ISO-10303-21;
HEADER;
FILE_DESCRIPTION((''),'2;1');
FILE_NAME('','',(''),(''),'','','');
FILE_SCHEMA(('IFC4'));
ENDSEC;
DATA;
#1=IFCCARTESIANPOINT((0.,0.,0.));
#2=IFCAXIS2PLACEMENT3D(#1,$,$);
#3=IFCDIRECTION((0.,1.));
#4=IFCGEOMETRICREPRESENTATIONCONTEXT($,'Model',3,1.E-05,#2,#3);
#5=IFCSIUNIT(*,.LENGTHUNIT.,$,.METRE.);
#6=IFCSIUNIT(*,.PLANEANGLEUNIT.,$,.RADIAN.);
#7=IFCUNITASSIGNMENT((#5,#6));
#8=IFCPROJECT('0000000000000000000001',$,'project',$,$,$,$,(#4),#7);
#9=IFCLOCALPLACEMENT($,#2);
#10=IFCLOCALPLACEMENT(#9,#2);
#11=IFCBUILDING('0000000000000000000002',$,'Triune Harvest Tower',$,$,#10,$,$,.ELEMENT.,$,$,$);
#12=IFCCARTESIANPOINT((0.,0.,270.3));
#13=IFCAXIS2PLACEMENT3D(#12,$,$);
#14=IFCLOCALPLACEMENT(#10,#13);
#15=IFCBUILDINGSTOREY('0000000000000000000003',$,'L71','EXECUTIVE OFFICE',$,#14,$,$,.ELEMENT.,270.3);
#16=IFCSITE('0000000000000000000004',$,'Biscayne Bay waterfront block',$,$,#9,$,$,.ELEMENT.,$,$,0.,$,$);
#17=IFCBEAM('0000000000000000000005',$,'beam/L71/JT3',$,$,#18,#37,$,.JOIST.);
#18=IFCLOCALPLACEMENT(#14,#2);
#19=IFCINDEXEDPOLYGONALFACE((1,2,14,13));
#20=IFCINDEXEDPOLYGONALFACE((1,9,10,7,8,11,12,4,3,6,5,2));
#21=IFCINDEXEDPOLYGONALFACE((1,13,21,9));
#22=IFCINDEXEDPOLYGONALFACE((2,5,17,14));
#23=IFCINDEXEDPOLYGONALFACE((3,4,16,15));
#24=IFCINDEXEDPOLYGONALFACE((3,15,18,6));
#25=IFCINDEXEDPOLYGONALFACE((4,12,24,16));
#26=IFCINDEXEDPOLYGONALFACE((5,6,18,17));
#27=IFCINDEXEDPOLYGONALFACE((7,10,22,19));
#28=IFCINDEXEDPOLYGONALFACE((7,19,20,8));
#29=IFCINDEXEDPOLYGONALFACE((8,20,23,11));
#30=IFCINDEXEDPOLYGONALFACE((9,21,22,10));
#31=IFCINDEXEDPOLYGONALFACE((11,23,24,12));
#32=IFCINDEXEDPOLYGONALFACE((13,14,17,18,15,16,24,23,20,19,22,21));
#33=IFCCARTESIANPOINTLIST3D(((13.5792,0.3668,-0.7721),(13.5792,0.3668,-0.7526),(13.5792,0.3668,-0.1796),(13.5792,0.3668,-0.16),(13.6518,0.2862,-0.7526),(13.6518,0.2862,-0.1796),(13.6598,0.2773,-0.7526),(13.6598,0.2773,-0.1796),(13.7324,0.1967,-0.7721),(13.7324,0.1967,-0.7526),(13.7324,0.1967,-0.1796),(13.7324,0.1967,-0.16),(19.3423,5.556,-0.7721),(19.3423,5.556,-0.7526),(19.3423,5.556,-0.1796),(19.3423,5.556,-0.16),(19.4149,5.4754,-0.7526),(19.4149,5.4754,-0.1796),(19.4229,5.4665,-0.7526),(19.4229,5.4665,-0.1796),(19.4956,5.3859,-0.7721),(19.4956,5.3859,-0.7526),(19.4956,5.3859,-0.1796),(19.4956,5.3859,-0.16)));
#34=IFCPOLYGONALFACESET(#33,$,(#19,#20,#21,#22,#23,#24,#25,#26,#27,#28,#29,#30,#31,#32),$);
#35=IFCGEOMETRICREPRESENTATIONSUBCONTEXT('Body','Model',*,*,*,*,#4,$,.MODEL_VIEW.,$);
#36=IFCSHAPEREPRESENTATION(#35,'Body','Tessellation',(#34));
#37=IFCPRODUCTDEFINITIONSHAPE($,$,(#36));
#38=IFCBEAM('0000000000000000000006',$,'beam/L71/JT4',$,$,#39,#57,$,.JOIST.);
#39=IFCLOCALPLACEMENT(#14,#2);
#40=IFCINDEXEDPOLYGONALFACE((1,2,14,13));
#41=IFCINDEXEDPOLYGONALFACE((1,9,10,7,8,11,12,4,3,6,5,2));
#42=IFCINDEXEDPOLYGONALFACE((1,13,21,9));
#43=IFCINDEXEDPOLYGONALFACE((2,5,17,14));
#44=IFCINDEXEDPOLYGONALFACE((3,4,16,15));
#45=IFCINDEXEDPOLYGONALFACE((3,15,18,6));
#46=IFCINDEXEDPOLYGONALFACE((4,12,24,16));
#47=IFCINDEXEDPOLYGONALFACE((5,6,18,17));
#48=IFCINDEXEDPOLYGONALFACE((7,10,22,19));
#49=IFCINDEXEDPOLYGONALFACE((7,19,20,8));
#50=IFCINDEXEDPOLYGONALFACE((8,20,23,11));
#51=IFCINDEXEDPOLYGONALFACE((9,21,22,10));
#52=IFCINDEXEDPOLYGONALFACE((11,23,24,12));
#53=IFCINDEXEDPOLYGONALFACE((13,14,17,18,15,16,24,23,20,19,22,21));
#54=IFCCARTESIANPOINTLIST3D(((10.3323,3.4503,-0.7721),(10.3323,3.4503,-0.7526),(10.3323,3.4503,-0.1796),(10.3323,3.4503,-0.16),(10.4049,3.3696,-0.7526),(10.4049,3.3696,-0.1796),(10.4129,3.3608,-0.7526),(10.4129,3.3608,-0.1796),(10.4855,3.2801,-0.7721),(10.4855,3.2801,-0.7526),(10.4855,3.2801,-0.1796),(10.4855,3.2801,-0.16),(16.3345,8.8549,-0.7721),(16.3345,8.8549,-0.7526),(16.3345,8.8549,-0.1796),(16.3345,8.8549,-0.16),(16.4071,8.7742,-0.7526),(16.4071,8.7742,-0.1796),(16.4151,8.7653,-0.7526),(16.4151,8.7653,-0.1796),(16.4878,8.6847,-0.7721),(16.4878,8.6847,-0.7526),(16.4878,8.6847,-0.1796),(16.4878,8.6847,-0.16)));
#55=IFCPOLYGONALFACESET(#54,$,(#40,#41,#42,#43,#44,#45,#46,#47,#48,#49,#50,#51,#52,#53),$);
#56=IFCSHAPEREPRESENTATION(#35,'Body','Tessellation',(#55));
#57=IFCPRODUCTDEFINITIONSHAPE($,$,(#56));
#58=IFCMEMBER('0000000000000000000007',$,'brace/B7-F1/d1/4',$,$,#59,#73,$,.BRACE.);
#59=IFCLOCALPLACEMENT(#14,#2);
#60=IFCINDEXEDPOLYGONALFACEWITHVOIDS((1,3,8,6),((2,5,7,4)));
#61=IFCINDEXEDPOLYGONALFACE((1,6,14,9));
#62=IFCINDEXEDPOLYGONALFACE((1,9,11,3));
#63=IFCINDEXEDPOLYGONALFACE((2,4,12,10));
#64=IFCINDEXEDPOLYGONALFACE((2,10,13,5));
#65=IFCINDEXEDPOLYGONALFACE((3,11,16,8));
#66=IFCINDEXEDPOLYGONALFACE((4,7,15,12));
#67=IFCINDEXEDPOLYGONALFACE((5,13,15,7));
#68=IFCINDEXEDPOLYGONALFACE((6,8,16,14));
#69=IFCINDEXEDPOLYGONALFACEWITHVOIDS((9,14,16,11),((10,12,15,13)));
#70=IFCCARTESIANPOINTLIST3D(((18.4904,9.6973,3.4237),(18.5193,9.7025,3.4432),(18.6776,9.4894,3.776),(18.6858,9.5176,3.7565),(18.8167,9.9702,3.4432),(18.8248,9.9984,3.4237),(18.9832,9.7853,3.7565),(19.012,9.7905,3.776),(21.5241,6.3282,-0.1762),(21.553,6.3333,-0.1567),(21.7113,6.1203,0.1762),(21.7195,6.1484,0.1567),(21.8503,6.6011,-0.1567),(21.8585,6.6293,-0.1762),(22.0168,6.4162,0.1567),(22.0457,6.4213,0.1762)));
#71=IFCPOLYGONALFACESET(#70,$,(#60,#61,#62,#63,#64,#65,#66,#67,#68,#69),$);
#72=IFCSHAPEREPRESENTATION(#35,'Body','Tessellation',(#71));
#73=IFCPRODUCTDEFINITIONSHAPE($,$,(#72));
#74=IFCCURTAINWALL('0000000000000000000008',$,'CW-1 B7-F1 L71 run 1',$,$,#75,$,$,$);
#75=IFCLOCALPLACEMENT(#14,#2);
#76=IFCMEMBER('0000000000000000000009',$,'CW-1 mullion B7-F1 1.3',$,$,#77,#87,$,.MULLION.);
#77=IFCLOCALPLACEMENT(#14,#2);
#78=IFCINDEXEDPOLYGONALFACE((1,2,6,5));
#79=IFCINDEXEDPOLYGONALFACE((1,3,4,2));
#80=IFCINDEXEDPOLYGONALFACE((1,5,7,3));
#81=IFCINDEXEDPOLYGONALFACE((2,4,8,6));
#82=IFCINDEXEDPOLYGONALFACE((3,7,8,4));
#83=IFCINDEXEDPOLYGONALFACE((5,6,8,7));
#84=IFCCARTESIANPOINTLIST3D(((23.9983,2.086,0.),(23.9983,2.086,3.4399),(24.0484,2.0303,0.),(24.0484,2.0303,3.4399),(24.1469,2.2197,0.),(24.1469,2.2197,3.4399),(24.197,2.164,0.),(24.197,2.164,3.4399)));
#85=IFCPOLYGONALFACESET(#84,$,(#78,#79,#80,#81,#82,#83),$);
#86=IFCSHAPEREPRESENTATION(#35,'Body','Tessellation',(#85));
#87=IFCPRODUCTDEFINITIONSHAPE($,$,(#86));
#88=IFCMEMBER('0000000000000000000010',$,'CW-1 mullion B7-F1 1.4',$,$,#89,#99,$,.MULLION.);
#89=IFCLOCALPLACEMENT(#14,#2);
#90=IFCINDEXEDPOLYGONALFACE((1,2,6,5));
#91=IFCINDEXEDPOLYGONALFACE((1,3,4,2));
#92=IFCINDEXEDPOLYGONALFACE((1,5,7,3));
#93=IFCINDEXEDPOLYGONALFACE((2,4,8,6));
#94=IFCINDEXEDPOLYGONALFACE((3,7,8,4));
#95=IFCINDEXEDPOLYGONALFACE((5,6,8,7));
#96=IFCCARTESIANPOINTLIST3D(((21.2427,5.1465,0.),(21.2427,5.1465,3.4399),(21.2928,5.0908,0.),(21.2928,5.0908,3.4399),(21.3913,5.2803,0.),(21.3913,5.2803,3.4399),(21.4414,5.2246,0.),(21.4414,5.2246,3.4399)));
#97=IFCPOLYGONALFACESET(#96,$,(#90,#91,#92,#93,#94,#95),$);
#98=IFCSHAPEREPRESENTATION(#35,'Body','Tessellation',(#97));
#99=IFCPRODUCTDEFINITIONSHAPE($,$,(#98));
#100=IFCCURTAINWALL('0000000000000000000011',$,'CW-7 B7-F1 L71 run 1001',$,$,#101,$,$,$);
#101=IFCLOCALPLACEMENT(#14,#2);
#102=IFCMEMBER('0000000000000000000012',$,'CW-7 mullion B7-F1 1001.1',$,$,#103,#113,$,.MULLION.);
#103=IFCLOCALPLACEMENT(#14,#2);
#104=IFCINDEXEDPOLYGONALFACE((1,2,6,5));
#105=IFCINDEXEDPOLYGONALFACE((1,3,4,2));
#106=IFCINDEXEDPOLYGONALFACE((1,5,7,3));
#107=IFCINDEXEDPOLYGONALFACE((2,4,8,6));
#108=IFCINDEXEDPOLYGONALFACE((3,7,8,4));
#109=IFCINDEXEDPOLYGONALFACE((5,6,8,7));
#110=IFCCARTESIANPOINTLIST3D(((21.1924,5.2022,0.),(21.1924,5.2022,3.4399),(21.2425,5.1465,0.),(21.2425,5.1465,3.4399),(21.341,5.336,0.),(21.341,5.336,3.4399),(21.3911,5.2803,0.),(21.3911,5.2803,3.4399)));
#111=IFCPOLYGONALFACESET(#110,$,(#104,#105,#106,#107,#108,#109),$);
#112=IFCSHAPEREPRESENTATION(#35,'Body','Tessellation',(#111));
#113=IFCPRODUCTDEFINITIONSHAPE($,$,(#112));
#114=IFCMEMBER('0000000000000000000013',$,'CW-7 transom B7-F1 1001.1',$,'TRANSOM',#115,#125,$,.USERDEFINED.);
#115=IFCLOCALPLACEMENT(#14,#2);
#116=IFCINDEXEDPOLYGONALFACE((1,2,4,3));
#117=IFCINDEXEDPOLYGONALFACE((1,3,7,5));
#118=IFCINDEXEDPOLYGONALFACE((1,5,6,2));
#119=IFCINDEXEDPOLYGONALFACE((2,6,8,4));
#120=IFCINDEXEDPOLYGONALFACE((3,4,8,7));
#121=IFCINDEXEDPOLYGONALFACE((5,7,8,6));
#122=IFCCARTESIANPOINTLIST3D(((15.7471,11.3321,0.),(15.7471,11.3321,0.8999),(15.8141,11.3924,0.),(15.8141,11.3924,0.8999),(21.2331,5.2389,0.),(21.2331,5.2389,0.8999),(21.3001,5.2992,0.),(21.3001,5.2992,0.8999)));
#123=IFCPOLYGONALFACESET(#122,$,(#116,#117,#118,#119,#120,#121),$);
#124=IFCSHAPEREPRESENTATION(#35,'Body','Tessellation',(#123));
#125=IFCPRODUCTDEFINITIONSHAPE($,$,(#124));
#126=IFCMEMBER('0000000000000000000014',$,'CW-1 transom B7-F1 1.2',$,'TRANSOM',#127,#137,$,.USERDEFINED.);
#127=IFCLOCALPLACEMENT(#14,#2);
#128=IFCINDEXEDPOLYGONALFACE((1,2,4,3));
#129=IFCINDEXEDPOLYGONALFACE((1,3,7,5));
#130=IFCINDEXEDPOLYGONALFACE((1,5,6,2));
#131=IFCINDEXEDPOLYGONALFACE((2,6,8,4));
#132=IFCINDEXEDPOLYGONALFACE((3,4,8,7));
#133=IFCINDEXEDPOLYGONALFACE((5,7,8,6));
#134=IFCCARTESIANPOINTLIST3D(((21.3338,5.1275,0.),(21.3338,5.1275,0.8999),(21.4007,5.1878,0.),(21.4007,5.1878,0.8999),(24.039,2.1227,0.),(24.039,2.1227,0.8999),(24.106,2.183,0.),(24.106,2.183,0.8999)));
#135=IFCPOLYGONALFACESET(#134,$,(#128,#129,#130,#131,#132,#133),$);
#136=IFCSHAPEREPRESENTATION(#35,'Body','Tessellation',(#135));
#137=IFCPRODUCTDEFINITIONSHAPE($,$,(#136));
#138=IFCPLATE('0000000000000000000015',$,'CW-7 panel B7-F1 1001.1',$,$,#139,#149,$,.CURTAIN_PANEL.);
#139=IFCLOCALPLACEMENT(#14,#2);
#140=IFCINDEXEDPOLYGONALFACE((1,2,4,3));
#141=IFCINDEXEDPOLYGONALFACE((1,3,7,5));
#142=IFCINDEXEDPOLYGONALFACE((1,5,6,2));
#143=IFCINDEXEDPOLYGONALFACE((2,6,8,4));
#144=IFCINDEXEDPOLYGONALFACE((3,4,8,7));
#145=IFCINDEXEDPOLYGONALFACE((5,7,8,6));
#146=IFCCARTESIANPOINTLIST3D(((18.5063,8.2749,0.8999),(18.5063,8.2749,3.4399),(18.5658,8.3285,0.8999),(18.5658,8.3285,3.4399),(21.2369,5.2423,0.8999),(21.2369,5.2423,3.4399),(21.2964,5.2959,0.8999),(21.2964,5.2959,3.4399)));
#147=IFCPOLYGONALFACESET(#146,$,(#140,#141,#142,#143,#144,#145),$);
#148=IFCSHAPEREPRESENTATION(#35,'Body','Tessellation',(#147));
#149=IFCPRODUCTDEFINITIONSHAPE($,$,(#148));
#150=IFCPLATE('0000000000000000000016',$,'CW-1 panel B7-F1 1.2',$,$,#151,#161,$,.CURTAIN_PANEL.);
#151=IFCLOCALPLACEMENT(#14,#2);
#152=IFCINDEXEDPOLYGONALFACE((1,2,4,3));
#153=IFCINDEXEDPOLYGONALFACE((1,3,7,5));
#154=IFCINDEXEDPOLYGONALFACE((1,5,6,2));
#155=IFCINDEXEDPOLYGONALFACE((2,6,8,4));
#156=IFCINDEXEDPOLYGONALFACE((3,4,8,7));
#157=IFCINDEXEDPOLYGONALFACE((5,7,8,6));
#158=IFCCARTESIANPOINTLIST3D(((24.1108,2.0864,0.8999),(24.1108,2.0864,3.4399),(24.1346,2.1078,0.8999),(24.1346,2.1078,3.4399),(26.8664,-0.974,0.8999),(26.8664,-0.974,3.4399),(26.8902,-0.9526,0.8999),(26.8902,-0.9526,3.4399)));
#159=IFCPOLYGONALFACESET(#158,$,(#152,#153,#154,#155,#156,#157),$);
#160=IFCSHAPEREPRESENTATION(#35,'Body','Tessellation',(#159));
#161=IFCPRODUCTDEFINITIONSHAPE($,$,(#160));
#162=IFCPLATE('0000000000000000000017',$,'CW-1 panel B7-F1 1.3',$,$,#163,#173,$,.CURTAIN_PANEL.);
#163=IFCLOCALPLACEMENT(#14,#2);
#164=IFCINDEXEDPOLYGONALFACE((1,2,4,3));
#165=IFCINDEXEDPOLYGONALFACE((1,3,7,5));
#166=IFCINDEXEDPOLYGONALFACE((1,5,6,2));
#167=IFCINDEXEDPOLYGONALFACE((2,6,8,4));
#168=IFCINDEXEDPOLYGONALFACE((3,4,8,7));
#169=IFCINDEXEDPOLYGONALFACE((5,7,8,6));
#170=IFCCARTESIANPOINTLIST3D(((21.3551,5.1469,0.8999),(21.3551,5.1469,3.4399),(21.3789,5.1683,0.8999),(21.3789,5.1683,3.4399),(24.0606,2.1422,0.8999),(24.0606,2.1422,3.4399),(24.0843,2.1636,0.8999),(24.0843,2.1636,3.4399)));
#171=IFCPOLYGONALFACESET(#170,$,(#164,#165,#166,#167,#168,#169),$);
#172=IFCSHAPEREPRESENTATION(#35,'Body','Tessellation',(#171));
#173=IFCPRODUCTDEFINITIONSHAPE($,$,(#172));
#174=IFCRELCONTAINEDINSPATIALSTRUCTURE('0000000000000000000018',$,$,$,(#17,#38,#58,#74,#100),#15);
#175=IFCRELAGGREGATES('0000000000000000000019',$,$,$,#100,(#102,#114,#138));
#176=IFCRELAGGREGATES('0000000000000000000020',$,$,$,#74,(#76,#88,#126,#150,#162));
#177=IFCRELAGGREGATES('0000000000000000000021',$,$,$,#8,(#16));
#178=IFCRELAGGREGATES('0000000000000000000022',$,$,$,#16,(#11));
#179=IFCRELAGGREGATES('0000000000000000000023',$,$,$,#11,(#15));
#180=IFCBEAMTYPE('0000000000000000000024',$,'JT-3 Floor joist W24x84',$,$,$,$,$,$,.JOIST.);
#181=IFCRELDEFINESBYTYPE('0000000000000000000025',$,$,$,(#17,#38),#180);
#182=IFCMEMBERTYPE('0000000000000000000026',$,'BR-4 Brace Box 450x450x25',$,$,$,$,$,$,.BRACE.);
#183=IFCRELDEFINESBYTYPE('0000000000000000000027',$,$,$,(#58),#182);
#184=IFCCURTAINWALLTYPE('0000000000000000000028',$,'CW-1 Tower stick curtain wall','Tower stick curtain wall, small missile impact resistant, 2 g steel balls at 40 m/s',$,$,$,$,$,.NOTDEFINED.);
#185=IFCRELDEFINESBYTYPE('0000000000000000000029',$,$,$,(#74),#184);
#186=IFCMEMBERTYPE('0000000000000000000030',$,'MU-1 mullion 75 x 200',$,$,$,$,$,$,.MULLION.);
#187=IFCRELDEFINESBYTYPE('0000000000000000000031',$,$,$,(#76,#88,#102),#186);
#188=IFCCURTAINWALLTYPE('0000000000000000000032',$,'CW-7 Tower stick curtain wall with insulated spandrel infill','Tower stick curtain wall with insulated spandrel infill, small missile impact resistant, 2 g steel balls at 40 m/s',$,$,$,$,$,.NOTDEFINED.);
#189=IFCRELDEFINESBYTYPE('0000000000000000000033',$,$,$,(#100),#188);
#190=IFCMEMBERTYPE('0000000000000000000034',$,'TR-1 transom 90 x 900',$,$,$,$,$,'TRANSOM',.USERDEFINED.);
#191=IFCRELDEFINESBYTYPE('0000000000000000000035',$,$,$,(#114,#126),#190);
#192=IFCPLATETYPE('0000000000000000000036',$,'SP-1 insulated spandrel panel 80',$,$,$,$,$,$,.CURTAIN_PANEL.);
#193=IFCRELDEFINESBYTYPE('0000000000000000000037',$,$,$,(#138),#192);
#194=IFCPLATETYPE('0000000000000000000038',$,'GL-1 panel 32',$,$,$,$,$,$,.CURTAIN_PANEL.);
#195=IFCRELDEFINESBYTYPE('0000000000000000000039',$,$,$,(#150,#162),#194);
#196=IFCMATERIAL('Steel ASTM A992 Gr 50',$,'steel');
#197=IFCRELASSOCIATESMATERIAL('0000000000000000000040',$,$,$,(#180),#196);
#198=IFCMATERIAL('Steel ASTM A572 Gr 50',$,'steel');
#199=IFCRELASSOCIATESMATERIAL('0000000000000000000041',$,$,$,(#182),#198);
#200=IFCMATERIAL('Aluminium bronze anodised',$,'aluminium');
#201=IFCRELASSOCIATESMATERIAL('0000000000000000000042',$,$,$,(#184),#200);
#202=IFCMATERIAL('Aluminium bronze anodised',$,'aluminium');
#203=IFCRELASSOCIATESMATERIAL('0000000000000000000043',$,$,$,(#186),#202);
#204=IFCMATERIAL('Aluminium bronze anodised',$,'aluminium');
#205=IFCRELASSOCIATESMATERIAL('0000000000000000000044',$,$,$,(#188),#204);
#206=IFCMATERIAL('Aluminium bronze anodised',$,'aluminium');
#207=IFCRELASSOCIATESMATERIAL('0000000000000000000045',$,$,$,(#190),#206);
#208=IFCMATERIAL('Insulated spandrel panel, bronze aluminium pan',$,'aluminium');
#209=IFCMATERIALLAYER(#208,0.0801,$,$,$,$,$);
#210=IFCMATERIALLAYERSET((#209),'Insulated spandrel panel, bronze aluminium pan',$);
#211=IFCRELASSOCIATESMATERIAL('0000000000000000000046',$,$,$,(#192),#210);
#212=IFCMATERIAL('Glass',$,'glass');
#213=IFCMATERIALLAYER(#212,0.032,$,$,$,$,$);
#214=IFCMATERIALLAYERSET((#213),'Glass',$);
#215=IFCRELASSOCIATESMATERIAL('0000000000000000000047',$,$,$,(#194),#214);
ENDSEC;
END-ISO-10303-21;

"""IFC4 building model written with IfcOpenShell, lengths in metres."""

from ifc_helpers import new_model, si_unit, direction, frame, origin, origin_2d, place, context, subcontext, project, spatial, rectangle, hollow_rectangle, i_section, extrude, source, transform, mapped, material, layer, layer_set, material_profile, profile_set, type_object, element, aggregate, save


model = new_model("IFC4")

# Units and contexts
model_context = context("Model", 3, precision=1e-05, world=origin(), true_north=direction((0.0, 1.0)))
body_context = subcontext(model_context, "Body", "Model", "MODEL_VIEW")
ifc_project = project(units=[si_unit("LENGTHUNIT", "METRE"), si_unit("PLANEANGLEUNIT", "RADIAN")], contexts=[model_context])

# Site, building, storey
site_placement = place(None, origin())
site = spatial("IfcSite", under=ifc_project, at=site_placement, Name="Biscayne Bay waterfront block", CompositionType="ELEMENT", RefElevation=0.0)
building_placement = place(site_placement, origin())
building = spatial("IfcBuilding", under=site, at=building_placement, Name="Triune Harvest Tower", CompositionType="ELEMENT")
storey_placement = place(building_placement, frame((0.0, 0.0, 270.3)))
storey = spatial("IfcBuildingStorey", under=building, at=storey_placement, Name="L71", Description="EXECUTIVE OFFICE", CompositionType="ELEMENT", Elevation=270.3)

# Beams
ifc_material_1 = material(Name="Steel ASTM A992 Gr 50", Category="steel")
ifc_material_profile_1 = material_profile(ifc_material_1, i_section(OverallWidth=0.229, OverallDepth=0.6121, WebThickness=0.012, FlangeThickness=0.0195, at=origin_2d()), Name="W24x84")
ifc_profile_set_1 = profile_set([ifc_material_profile_1], Name="Steel ASTM A992 Gr 50")
beam_type_1 = type_object("IfcBeamType", Name="JT-3 Floor joist W24x84", PredefinedType="JOIST", material=ifc_profile_set_1)
shared_shape_1 = source(origin(), body_context, "Body", "SweptSolid", [
    extrude(i_section(OverallWidth=0.229, OverallDepth=0.6121, WebThickness=0.012, FlangeThickness=0.0195, at=origin_2d()), origin(), (0.0, 0.0, 1.0), 7.7551),
])
beam_1_placement = place(storey_placement, frame((19.4189, 5.4709, -0.4661), z_axis=(-0.743144, -0.669132, 0.0), x_axis=(0.669132, -0.743144, 0.0)))
element("IfcBeam", 1, at=beam_1_placement, inside=storey, type_object=beam_type_1, Name="beam/L71/JT3", PredefinedType="JOIST", context=body_context, shape_type="MappedRepresentation", body=[
    mapped(shared_shape_1, transform((0.0, 0.0, 0.0), scale=1.0)),
])
shared_shape_2 = source(origin(), body_context, "Body", "SweptSolid", [
    extrude(i_section(OverallWidth=0.229, OverallDepth=0.6121, WebThickness=0.012, FlangeThickness=0.0195, at=origin_2d()), origin(), (0.0, 0.0, 1.0), 8.0769),
])
beam_2_placement = place(storey_placement, frame((16.4111, 8.7698, -0.4661), z_axis=(-0.743136, -0.66914, 0.0), x_axis=(0.66914, -0.743136, 0.0)))
element("IfcBeam", 2, at=beam_2_placement, inside=storey, type_object=beam_type_1, Name="beam/L71/JT4", PredefinedType="JOIST", context=body_context, shape_type="MappedRepresentation", body=[
    mapped(shared_shape_2, transform((0.0, 0.0, 0.0), scale=1.0)),
])

# Member
ifc_material_2 = material(Name="Steel ASTM A572 Gr 50", Category="steel")
ifc_material_profile_2 = material_profile(ifc_material_2, hollow_rectangle(XDim=0.45, YDim=0.45, WallThickness=0.0249, at=origin_2d()), Name="Box 450x450x25")
ifc_profile_set_2 = profile_set([ifc_material_profile_2], Name="Steel ASTM A572 Gr 50")
member_type_1 = type_object("IfcMemberType", Name="BR-4 Brace Box 450x450x25", PredefinedType="BRACE", material=ifc_profile_set_2)
shared_shape_3 = source(origin(), body_context, "Body", "SweptSolid", [
    extrude(hollow_rectangle(XDim=0.45, YDim=0.45, WallThickness=0.0249, at=origin_2d()), origin(), (0.0, 0.0, 1.0), 5.7891),
])
member_1_placement = place(storey_placement, frame((21.7849, 6.3748, 0.0), z_axis=(-0.524038, 0.581983, 0.621836), x_axis=(-0.743133, -0.669143, 0.0)))
element("IfcMember", 3, at=member_1_placement, inside=storey, type_object=member_type_1, Name="brace/B7-F1/d1/4", PredefinedType="BRACE", context=body_context, shape_type="MappedRepresentation", body=[
    mapped(shared_shape_3, transform((0.0, 0.0, 0.0), scale=1.0)),
])

# Curtain walls, members
ifc_material_3 = material(Name="Aluminium bronze anodised", Category="aluminium")
curtain_wall_type_1 = type_object("IfcCurtainWallType", Name="CW-1 Tower stick curtain wall", Description="Tower stick curtain wall, small missile impact resistant, 2 g steel balls at 40 m/s", PredefinedType="NOTDEFINED", material=ifc_material_3)
curtain_wall_1_placement = place(storey_placement, origin())
curtain_wall_1 = element("IfcCurtainWall", 4, at=curtain_wall_1_placement, inside=storey, type_object=curtain_wall_type_1, Name="CW-1 B7-F1 L71 run 1")
ifc_material_4 = material(Name="Aluminium bronze anodised", Category="aluminium")
ifc_material_profile_3 = material_profile(ifc_material_4, rectangle(XDim=0.2, YDim=0.075, at=origin_2d()), Name="MU-1 mullion 75 x 200")
ifc_profile_set_3 = profile_set([ifc_material_profile_3], Name="Aluminium bronze anodised")
member_type_2 = type_object("IfcMemberType", Name="MU-1 mullion 75 x 200", PredefinedType="MULLION", material=ifc_profile_set_3)
shared_shape_4 = source(origin(), body_context, "Body", "SweptSolid", [
    extrude(rectangle(XDim=0.2, YDim=0.075, at=origin_2d()), origin(), (0.0, 0.0, 1.0), 3.4399),
])
member_2_placement = place(storey_placement, frame((24.0977, 2.125, 0.0), z_axis=(0.0, 0.0, 1.0), x_axis=(-0.743144, -0.669131, 0.0)))
member_2 = element("IfcMember", 5, at=member_2_placement, type_object=member_type_2, Name="CW-1 mullion B7-F1 1.3", PredefinedType="MULLION", context=body_context, shape_type="MappedRepresentation", body=[
    mapped(shared_shape_4, transform((0.0, 0.0, 0.0), scale=1.0)),
])
member_3_placement = place(storey_placement, frame((21.342, 5.1855, 0.0), z_axis=(0.0, 0.0, 1.0), x_axis=(-0.743144, -0.669131, 0.0)))
member_3 = element("IfcMember", 6, at=member_3_placement, type_object=member_type_2, Name="CW-1 mullion B7-F1 1.4", PredefinedType="MULLION", context=body_context, shape_type="MappedRepresentation", body=[
    mapped(shared_shape_4, transform((0.0, 0.0, 0.0), scale=1.0)),
])
ifc_material_5 = material(Name="Aluminium bronze anodised", Category="aluminium")
curtain_wall_type_2 = type_object("IfcCurtainWallType", Name="CW-7 Tower stick curtain wall with insulated spandrel infill", Description="Tower stick curtain wall with insulated spandrel infill, small missile impact resistant, 2 g steel balls at 40 m/s", PredefinedType="NOTDEFINED", material=ifc_material_5)
curtain_wall_2_placement = place(storey_placement, origin())
curtain_wall_2 = element("IfcCurtainWall", 7, at=curtain_wall_2_placement, inside=storey, type_object=curtain_wall_type_2, Name="CW-7 B7-F1 L71 run 1001")
member_4_placement = place(storey_placement, frame((21.2917, 5.2412, 0.0), z_axis=(0.0, 0.0, 1.0), x_axis=(-0.743144, -0.669131, 0.0)))
member_4 = element("IfcMember", 8, at=member_4_placement, type_object=member_type_2, Name="CW-7 mullion B7-F1 1001.1", PredefinedType="MULLION", context=body_context, shape_type="MappedRepresentation", body=[
    mapped(shared_shape_4, transform((0.0, 0.0, 0.0), scale=1.0)),
])
ifc_material_6 = material(Name="Aluminium bronze anodised", Category="aluminium")
ifc_material_profile_4 = material_profile(ifc_material_6, rectangle(XDim=0.0901, YDim=0.8999, at=origin_2d()), Name="TR-1 transom 90 x 900")
ifc_profile_set_4 = profile_set([ifc_material_profile_4], Name="Aluminium bronze anodised")
member_type_3 = type_object("IfcMemberType", Name="TR-1 transom 90 x 900", ElementType="TRANSOM", PredefinedType="USERDEFINED", material=ifc_profile_set_4)
shared_shape_5 = source(origin(), body_context, "Body", "SweptSolid", [
    extrude(rectangle(XDim=0.0901, YDim=0.8999, at=origin_2d()), origin(), (0.0, 0.0, 1.0), 8.199),
])
member_5_placement = place(storey_placement, frame((21.2666, 5.269, 0.45), z_axis=(-0.669109, 0.743164, 0.0), x_axis=(-0.743164, -0.669109, 0.0)))
member_5 = element("IfcMember", 9, at=member_5_placement, type_object=member_type_3, Name="CW-7 transom B7-F1 1001.1", ObjectType="TRANSOM", PredefinedType="USERDEFINED", context=body_context, shape_type="MappedRepresentation", body=[
    mapped(shared_shape_5, transform((0.0, 0.0, 0.0), scale=1.0)),
])

# Member
shared_shape_6 = source(origin(), body_context, "Body", "SweptSolid", [
    extrude(rectangle(XDim=0.0901, YDim=0.8999, at=origin_2d()), origin(), (0.0, 0.0, 1.0), 4.0432),
])
member_6_placement = place(storey_placement, frame((24.0725, 2.1528, 0.45), z_axis=(-0.669091, 0.74318, 0.0), x_axis=(-0.74318, -0.669091, 0.0)))
member_6 = element("IfcMember", 10, at=member_6_placement, type_object=member_type_3, Name="CW-1 transom B7-F1 1.2", ObjectType="TRANSOM", PredefinedType="USERDEFINED", context=body_context, shape_type="MappedRepresentation", body=[
    mapped(shared_shape_6, transform((0.0, 0.0, 0.0), scale=1.0)),
])

# Plates
ifc_material_7 = material(Name="Insulated spandrel panel, bronze aluminium pan", Category="aluminium")
ifc_layer_1 = layer(ifc_material_7, 0.0801)
ifc_layer_set_1 = layer_set([ifc_layer_1], Name="Insulated spandrel panel, bronze aluminium pan")
plate_type_1 = type_object("IfcPlateType", Name="SP-1 insulated spandrel panel 80", PredefinedType="CURTAIN_PANEL", material=ifc_layer_set_1)
shared_shape_7 = source(origin(), body_context, "Body", "SweptSolid", [
    extrude(rectangle(XDim=4.0808, YDim=0.0801, at=origin_2d()), origin(), (0.0, 0.0, 1.0), 2.54),
])
plate_1_placement = place(storey_placement, frame((19.9014, 6.7854, 0.8999), z_axis=(0.0, 0.0, 1.0), x_axis=(-0.669131, 0.743144, 0.0)))
plate_1 = element("IfcPlate", 11, at=plate_1_placement, type_object=plate_type_1, Name="CW-7 panel B7-F1 1001.1", PredefinedType="CURTAIN_PANEL", context=body_context, shape_type="MappedRepresentation", body=[
    mapped(shared_shape_7, transform((0.0, 0.0, 0.0), scale=1.0)),
])
aggregate(curtain_wall_2, [member_4, member_5, plate_1])
ifc_material_8 = material(Name="Glass", Category="glass")
ifc_layer_2 = layer(ifc_material_8, 0.032)
ifc_layer_set_2 = layer_set([ifc_layer_2], Name="Glass")
plate_type_2 = type_object("IfcPlateType", Name="GL-1 panel 32", PredefinedType="CURTAIN_PANEL", material=ifc_layer_set_2)
shared_shape_8 = source(origin(), body_context, "Body", "SweptSolid", [
    extrude(rectangle(XDim=4.1182, YDim=0.032, at=origin_2d()), origin(), (0.0, 0.0, 1.0), 2.54),
])
plate_2_placement = place(storey_placement, frame((25.5005, 0.5669, 0.8999), z_axis=(0.0, 0.0, 1.0), x_axis=(-0.669131, 0.743144, 0.0)))
plate_2 = element("IfcPlate", 12, at=plate_2_placement, type_object=plate_type_2, Name="CW-1 panel B7-F1 1.2", PredefinedType="CURTAIN_PANEL", context=body_context, shape_type="MappedRepresentation", body=[
    mapped(shared_shape_8, transform((0.0, 0.0, 0.0), scale=1.0)),
])
shared_shape_9 = source(origin(), body_context, "Body", "SweptSolid", [
    extrude(rectangle(XDim=4.0432, YDim=0.032, at=origin_2d()), origin(), (0.0, 0.0, 1.0), 2.54),
])
plate_3_placement = place(storey_placement, frame((22.7197, 3.6553, 0.8999), z_axis=(0.0, 0.0, 1.0), x_axis=(-0.669131, 0.743144, 0.0)))
plate_3 = element("IfcPlate", 13, at=plate_3_placement, type_object=plate_type_2, Name="CW-1 panel B7-F1 1.3", PredefinedType="CURTAIN_PANEL", context=body_context, shape_type="MappedRepresentation", body=[
    mapped(shared_shape_9, transform((0.0, 0.0, 0.0), scale=1.0)),
])
aggregate(curtain_wall_1, [member_2, member_3, member_6, plate_2, plate_3])

save(model, "model.ifc")
